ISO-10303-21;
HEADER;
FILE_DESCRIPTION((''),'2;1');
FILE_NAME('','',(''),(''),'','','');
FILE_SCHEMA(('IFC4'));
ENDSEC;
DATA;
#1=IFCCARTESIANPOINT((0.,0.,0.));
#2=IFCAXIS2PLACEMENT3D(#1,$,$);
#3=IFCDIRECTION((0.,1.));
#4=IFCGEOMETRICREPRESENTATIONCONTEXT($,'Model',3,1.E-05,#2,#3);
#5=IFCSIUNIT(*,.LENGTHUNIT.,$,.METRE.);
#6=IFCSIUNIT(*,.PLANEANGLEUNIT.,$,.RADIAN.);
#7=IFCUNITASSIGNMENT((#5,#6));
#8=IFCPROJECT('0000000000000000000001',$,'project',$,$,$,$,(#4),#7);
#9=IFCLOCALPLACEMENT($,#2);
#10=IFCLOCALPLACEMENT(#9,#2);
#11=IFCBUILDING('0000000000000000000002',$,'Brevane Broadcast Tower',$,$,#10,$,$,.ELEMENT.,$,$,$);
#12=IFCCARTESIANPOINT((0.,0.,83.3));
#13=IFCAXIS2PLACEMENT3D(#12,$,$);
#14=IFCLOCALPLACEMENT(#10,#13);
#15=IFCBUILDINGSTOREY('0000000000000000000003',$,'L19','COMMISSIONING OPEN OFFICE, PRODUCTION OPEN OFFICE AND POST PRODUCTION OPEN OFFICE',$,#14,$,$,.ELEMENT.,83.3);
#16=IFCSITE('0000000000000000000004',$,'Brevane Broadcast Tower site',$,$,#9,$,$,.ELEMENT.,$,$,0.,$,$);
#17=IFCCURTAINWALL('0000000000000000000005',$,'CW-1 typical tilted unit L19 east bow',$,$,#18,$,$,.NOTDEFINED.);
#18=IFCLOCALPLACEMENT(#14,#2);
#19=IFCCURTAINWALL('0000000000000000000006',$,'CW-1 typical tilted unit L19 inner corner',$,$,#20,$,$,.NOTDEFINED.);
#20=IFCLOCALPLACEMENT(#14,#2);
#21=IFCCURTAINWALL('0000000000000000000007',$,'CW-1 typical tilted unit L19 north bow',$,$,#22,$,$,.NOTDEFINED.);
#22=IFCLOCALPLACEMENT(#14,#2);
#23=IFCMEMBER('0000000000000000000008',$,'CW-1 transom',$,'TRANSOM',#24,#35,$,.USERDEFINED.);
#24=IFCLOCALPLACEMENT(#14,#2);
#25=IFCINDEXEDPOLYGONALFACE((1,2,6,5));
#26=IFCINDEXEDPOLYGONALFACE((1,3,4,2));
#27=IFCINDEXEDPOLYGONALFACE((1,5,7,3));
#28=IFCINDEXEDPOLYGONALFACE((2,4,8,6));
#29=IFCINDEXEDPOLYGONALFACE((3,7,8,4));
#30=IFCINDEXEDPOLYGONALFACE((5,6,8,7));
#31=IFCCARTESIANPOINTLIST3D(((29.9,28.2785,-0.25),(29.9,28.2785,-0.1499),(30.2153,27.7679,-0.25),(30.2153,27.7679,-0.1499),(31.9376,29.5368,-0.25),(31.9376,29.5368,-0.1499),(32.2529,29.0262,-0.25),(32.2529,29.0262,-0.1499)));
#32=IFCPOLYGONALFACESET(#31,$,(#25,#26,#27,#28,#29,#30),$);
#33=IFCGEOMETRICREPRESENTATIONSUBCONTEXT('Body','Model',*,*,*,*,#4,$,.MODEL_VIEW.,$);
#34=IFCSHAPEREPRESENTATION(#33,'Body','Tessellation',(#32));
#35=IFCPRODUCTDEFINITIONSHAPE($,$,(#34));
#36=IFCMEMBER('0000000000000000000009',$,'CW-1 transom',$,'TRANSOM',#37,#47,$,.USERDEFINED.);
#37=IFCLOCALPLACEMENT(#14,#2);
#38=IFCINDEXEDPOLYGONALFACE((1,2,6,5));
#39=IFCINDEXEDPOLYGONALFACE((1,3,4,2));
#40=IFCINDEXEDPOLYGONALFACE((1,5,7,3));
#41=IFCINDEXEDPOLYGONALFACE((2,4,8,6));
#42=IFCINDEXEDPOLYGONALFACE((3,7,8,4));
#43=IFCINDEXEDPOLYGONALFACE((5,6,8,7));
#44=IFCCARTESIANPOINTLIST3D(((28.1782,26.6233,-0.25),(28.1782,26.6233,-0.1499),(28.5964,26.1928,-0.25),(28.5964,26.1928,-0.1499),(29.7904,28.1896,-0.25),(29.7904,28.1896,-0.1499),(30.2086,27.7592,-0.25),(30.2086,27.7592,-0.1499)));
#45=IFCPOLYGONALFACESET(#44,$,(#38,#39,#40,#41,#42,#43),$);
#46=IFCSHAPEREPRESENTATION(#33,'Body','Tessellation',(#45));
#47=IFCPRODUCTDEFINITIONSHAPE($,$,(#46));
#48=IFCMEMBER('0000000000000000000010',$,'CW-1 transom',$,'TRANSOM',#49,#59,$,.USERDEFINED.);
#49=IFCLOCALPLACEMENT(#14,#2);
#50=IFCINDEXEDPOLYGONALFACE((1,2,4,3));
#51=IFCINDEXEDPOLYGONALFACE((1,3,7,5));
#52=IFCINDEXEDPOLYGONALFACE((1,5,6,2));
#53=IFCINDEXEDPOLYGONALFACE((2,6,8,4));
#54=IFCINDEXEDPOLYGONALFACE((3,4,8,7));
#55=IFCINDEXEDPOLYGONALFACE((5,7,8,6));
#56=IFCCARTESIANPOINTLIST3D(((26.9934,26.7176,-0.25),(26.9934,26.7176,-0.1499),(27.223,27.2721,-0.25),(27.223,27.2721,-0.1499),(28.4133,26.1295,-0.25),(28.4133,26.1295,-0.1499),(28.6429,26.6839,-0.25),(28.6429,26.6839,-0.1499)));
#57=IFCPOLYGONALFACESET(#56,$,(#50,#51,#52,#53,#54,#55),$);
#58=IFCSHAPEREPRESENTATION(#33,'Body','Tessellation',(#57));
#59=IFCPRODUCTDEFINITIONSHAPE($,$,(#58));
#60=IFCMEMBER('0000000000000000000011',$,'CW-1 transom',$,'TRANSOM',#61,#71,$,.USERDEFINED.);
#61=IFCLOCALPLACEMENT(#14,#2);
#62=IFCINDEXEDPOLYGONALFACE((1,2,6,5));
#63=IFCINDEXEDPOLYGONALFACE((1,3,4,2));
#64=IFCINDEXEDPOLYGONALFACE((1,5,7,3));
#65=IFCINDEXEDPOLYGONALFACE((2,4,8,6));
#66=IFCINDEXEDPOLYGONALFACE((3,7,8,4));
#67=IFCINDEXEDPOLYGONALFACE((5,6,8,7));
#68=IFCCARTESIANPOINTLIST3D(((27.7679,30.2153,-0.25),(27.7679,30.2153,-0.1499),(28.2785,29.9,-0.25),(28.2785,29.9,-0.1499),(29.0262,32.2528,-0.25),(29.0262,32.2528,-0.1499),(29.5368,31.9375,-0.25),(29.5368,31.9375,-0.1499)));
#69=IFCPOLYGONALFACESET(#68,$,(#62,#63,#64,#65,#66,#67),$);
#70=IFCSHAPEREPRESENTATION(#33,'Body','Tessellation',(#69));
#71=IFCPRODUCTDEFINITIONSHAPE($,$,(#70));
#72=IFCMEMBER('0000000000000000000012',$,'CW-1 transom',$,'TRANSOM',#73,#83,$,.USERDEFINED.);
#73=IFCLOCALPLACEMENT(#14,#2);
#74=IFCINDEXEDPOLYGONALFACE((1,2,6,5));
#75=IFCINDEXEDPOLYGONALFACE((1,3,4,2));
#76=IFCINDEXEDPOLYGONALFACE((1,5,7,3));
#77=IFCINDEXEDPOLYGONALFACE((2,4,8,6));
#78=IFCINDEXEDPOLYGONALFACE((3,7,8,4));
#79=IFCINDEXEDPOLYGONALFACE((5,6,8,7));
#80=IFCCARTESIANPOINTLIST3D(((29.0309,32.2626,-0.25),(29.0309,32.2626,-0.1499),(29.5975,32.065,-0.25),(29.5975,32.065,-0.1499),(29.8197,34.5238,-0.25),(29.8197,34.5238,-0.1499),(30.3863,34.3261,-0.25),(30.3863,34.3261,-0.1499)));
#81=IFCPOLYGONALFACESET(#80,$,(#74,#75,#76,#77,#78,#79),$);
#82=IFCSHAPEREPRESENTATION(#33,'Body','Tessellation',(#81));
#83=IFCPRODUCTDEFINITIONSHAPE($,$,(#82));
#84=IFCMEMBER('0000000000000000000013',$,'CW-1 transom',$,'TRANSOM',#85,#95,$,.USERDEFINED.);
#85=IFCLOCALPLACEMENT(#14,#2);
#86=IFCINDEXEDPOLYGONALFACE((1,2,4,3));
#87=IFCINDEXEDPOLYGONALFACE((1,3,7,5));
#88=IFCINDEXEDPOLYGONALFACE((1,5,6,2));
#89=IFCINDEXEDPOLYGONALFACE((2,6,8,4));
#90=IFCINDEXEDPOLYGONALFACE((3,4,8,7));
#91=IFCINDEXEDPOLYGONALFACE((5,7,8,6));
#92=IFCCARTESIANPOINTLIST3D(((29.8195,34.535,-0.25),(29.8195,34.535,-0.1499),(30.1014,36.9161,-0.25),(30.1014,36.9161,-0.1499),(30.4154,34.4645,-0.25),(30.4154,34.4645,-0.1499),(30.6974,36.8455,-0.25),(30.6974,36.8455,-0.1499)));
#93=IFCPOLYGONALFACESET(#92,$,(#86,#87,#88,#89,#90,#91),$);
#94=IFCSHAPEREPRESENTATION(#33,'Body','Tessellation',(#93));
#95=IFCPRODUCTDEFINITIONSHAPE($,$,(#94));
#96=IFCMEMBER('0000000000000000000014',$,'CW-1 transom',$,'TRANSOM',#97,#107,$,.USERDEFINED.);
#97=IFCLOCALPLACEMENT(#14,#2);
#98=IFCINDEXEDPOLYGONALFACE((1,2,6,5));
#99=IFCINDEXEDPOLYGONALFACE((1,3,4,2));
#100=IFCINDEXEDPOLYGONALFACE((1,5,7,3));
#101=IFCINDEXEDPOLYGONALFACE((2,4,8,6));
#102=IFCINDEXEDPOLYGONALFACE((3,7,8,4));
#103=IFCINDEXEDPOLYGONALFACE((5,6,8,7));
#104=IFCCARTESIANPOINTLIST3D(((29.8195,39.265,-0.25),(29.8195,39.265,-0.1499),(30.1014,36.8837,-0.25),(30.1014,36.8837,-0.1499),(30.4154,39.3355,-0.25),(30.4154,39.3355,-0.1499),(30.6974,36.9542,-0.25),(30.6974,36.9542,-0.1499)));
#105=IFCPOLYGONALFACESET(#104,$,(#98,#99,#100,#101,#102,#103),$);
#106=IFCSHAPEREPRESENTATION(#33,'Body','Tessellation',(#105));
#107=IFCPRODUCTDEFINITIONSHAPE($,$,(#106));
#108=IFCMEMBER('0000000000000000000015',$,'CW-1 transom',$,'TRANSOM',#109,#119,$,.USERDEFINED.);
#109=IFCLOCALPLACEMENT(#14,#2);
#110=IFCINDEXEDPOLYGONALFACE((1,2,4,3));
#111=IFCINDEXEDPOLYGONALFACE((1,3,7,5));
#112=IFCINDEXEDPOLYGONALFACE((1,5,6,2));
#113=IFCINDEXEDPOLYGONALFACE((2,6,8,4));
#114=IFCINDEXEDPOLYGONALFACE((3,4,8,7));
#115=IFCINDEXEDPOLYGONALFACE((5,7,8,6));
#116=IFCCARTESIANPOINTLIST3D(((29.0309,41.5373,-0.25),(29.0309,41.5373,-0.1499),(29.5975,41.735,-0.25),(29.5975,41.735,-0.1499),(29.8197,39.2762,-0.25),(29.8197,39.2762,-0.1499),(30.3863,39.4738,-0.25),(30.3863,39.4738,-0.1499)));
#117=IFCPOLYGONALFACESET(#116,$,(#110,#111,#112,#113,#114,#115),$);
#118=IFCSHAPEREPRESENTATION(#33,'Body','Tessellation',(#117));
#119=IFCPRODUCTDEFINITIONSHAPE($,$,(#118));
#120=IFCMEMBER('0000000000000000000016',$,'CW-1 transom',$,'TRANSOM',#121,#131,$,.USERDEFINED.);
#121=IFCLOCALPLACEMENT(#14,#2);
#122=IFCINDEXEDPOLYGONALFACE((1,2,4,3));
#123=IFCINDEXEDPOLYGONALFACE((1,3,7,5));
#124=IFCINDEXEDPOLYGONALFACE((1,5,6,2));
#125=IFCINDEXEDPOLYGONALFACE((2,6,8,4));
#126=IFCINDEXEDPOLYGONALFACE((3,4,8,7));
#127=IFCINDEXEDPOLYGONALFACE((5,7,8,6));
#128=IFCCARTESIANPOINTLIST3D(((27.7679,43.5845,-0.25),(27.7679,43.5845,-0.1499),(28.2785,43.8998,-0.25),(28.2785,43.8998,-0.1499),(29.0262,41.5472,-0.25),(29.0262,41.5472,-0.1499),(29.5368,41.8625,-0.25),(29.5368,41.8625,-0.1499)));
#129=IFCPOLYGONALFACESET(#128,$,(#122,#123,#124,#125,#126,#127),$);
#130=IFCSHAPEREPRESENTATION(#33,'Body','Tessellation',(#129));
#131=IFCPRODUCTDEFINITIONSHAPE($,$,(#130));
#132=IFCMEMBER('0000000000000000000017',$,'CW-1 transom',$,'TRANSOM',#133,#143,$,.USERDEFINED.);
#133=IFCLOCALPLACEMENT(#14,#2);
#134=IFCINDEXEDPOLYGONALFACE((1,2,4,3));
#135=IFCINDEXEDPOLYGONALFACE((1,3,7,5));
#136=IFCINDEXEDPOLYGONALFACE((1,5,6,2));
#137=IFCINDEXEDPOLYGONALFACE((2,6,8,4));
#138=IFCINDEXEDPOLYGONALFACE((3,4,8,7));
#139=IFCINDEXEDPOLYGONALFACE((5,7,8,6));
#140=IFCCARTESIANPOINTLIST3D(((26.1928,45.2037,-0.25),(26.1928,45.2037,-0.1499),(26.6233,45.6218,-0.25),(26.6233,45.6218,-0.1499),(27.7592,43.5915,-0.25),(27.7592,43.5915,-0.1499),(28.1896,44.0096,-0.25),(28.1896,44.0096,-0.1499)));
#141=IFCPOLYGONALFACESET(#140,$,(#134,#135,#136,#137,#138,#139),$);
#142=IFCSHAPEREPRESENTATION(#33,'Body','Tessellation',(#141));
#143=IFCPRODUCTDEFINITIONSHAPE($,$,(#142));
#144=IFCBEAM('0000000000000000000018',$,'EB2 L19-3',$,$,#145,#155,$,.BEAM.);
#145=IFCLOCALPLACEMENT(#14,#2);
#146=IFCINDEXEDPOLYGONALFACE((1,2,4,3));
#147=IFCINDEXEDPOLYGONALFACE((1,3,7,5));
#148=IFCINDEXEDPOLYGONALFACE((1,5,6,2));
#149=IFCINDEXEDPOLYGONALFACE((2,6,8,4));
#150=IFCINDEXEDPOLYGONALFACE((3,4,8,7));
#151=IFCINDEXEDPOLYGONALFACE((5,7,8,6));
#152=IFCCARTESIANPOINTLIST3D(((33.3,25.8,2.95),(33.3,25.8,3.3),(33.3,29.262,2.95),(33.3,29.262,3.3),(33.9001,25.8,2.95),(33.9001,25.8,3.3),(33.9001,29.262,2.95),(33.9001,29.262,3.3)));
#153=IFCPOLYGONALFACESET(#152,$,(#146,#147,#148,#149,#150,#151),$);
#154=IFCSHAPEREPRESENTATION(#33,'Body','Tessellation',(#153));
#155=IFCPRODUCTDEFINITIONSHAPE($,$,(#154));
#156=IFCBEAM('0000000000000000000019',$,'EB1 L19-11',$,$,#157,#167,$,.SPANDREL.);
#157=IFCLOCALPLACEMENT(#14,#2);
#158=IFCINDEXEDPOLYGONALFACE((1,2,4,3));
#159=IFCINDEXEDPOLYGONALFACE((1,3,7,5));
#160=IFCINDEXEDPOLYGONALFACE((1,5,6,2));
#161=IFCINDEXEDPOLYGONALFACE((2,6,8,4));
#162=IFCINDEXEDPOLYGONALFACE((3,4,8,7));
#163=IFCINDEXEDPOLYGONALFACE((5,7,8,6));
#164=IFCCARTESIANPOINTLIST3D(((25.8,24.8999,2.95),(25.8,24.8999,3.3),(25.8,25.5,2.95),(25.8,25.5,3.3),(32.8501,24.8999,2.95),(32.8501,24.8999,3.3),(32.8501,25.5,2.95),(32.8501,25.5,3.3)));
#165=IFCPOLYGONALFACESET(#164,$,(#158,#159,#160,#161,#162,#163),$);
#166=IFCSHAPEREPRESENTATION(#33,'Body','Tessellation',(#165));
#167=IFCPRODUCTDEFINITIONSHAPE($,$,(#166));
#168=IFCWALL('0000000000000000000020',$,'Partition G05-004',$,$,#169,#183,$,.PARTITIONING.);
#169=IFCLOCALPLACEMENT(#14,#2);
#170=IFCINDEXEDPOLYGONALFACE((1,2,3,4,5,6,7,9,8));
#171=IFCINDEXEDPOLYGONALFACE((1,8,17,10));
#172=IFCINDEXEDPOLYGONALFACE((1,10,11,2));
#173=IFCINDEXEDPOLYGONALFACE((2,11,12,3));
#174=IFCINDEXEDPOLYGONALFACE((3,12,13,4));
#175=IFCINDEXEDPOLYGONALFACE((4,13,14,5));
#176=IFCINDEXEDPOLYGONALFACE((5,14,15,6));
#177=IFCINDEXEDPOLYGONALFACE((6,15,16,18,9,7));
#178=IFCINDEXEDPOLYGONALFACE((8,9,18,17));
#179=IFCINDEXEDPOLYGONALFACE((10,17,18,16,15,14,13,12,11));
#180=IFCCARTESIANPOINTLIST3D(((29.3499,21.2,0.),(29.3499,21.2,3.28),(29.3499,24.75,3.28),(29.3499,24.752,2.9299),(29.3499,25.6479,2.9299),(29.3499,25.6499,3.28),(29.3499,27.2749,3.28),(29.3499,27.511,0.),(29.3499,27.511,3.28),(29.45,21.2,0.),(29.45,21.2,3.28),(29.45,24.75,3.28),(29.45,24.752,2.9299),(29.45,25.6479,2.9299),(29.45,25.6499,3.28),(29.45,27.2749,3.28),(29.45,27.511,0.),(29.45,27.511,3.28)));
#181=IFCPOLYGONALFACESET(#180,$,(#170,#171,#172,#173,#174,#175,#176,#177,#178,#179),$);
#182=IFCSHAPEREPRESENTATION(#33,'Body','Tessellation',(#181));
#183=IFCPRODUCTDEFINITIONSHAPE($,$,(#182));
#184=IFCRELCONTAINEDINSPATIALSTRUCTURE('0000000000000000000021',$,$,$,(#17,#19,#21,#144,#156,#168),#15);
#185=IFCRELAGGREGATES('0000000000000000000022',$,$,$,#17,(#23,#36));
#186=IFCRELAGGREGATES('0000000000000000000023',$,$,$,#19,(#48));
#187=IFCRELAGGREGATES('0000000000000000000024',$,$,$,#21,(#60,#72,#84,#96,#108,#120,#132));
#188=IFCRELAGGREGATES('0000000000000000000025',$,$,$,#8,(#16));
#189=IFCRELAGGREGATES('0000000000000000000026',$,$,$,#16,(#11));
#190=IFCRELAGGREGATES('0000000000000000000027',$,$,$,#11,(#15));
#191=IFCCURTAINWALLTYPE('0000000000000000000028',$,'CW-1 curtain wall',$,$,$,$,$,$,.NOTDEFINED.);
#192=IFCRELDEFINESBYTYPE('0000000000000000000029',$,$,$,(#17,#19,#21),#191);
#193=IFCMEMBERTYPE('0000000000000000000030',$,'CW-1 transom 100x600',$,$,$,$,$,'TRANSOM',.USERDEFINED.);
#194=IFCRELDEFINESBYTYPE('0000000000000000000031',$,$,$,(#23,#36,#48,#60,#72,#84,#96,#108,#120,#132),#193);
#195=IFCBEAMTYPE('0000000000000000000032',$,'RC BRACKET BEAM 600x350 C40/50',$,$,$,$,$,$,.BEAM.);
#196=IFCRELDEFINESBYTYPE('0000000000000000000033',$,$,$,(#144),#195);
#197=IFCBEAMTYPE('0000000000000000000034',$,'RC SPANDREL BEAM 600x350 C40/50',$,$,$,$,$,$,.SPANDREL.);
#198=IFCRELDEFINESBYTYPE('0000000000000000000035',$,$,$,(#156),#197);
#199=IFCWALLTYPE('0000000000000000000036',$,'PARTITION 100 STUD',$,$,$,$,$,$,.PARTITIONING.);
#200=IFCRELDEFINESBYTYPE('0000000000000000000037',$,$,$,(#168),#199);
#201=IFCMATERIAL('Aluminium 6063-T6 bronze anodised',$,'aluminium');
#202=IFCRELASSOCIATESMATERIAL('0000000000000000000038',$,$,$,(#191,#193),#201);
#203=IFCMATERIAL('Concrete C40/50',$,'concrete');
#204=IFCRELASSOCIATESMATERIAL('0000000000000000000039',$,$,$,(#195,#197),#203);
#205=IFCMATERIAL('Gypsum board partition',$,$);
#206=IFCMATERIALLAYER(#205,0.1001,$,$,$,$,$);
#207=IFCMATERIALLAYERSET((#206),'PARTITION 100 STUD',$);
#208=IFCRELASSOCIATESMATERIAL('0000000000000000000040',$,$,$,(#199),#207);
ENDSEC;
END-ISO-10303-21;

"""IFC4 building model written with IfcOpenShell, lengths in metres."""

from ifc_helpers import new_model, si_unit, direction, frame, origin, origin_2d, place, context, subcontext, project, spatial, polyline, rectangle, outline, extrude, material, layer, layer_set, material_profile, profile_set, type_object, element, aggregate, save


model = new_model("IFC4")

# Units and contexts
model_context = context("Model", 3, precision=1e-05, world=origin(), true_north=direction((0.0, 1.0)))
body_context = subcontext(model_context, "Body", "Model", "MODEL_VIEW")
ifc_project = project(units=[si_unit("LENGTHUNIT", "METRE"), si_unit("PLANEANGLEUNIT", "RADIAN")], contexts=[model_context])

# Site, building, storey
site_placement = place(None, origin())
site = spatial("IfcSite", under=ifc_project, at=site_placement, Name="Brevane Broadcast Tower site", CompositionType="ELEMENT", RefElevation=0.0)
building_placement = place(site_placement, origin())
building = spatial("IfcBuilding", under=site, at=building_placement, Name="Brevane Broadcast Tower", CompositionType="ELEMENT")
storey_placement = place(building_placement, frame((0.0, 0.0, 83.3)))
storey = spatial("IfcBuildingStorey", under=building, at=storey_placement, Name="L19", Description="COMMISSIONING OPEN OFFICE, PRODUCTION OPEN OFFICE AND POST PRODUCTION OPEN OFFICE", CompositionType="ELEMENT", Elevation=83.3)

# Curtain walls
ifc_material_1 = material(Name="Aluminium 6063-T6 bronze anodised", Category="aluminium")
curtain_wall_type = type_object("IfcCurtainWallType", Name="CW-1 curtain wall", PredefinedType="NOTDEFINED", material=ifc_material_1)
curtain_wall_1_placement = place(storey_placement, origin())
curtain_wall_1 = element("IfcCurtainWall", 1, at=curtain_wall_1_placement, inside=storey, type_object=curtain_wall_type, Name="CW-1 typical tilted unit L19 east bow", PredefinedType="NOTDEFINED")
curtain_wall_2_placement = place(storey_placement, origin())
curtain_wall_2 = element("IfcCurtainWall", 2, at=curtain_wall_2_placement, inside=storey, type_object=curtain_wall_type, Name="CW-1 typical tilted unit L19 inner corner", PredefinedType="NOTDEFINED")
curtain_wall_3_placement = place(storey_placement, origin())
curtain_wall_3 = element("IfcCurtainWall", 3, at=curtain_wall_3_placement, inside=storey, type_object=curtain_wall_type, Name="CW-1 typical tilted unit L19 north bow", PredefinedType="NOTDEFINED")

# Members
ifc_material_profile_1 = material_profile(ifc_material_1, rectangle(XDim=0.6001, YDim=0.1001, at=origin_2d()), Name="RECT 100x600")
ifc_profile_set_1 = profile_set([ifc_material_profile_1], Name="Aluminium 6063-T6 bronze anodised")
member_type_1 = type_object("IfcMemberType", Name="CW-1 transom 100x600", ElementType="TRANSOM", PredefinedType="USERDEFINED", material=ifc_profile_set_1)
member_1_placement = place(storey_placement, frame((32.0952, 29.2815, -0.2), z_axis=(-0.850838, -0.525428, 0.0), x_axis=(0.525428, -0.850838, 0.0)))
member_1 = element("IfcMember", 4, at=member_1_placement, type_object=member_type_1, Name="CW-1 transom", ObjectType="TRANSOM", PredefinedType="USERDEFINED", context=body_context, shape_type="SweptSolid", body=[
    extrude(rectangle(XDim=0.6001, YDim=0.1001, at=origin_2d()), origin(), (0.0, 0.0, 1.0), 2.3948),
])
member_2_placement = place(storey_placement, frame((29.9995, 27.9744, -0.2), z_axis=(-0.717242, -0.696824, 0.0), x_axis=(0.696824, -0.717242, 0.0)))
member_2 = element("IfcMember", 5, at=member_2_placement, type_object=member_type_1, Name="CW-1 transom", ObjectType="TRANSOM", PredefinedType="USERDEFINED", context=body_context, shape_type="SweptSolid", body=[
    extrude(rectangle(XDim=0.6001, YDim=0.1001, at=origin_2d()), origin(), (0.0, 0.0, 1.0), 2.2478),
])
aggregate(curtain_wall_1, [member_1, member_2])
member_3_placement = place(storey_placement, frame((28.5281, 26.4067, -0.2), z_axis=(-0.923883, 0.382674, 0.0), x_axis=(-0.382674, -0.923883, 0.0)))
member_3 = element("IfcMember", 6, at=member_3_placement, type_object=member_type_1, Name="CW-1 transom", ObjectType="TRANSOM", PredefinedType="USERDEFINED", context=body_context, shape_type="SweptSolid", body=[
    extrude(rectangle(XDim=0.6001, YDim=0.1001, at=origin_2d()), origin(), (0.0, 0.0, 1.0), 1.5369),
])
aggregate(curtain_wall_2, [member_3])
member_4_placement = place(storey_placement, frame((28.0232, 30.0576, -0.2), z_axis=(0.525428, 0.850838, 0.0), x_axis=(-0.850838, 0.525428, 0.0)))
member_4 = element("IfcMember", 7, at=member_4_placement, type_object=member_type_1, Name="CW-1 transom", ObjectType="TRANSOM", PredefinedType="USERDEFINED", context=body_context, shape_type="SweptSolid", body=[
    extrude(rectangle(XDim=0.6001, YDim=0.1001, at=origin_2d()), origin(), (0.0, 0.0, 1.0), 2.3948),
])
member_5_placement = place(storey_placement, frame((29.3142, 32.1638, -0.2), z_axis=(0.329378, 0.944198, 0.0), x_axis=(-0.944198, 0.329378, 0.0)))
member_5 = element("IfcMember", 8, at=member_5_placement, type_object=member_type_1, Name="CW-1 transom", ObjectType="TRANSOM", PredefinedType="USERDEFINED", context=body_context, shape_type="SweptSolid", body=[
    extrude(rectangle(XDim=0.6001, YDim=0.1001, at=origin_2d()), origin(), (0.0, 0.0, 1.0), 2.3948),
])
member_6_placement = place(storey_placement, frame((30.1174, 34.4998, -0.2), z_axis=(0.117603, 0.993061, 0.0), x_axis=(-0.993061, 0.117603, 0.0)))
member_6 = element("IfcMember", 9, at=member_6_placement, type_object=member_type_1, Name="CW-1 transom", ObjectType="TRANSOM", PredefinedType="USERDEFINED", context=body_context, shape_type="SweptSolid", body=[
    extrude(rectangle(XDim=0.6001, YDim=0.1001, at=origin_2d()), origin(), (0.0, 0.0, 1.0), 2.3977),
])
member_7_placement = place(storey_placement, frame((30.3994, 36.9189, -0.2), z_axis=(-0.117591, 0.993062, 0.0), x_axis=(-0.993062, -0.117591, 0.0)))
member_7 = element("IfcMember", 10, at=member_7_placement, type_object=member_type_1, Name="CW-1 transom", ObjectType="TRANSOM", PredefinedType="USERDEFINED", context=body_context, shape_type="SweptSolid", body=[
    extrude(rectangle(XDim=0.6001, YDim=0.1001, at=origin_2d()), origin(), (0.0, 0.0, 1.0), 2.3979),
])
member_8_placement = place(storey_placement, frame((30.103, 39.375, -0.2), z_axis=(-0.329378, 0.944198, 0.0), x_axis=(-0.944198, -0.329378, 0.0)))
member_8 = element("IfcMember", 11, at=member_8_placement, type_object=member_type_1, Name="CW-1 transom", ObjectType="TRANSOM", PredefinedType="USERDEFINED", context=body_context, shape_type="SweptSolid", body=[
    extrude(rectangle(XDim=0.6001, YDim=0.1001, at=origin_2d()), origin(), (0.0, 0.0, 1.0), 2.3948),
])
member_9_placement = place(storey_placement, frame((29.2815, 41.7048, -0.2), z_axis=(-0.525473, 0.85081, 0.0), x_axis=(-0.85081, -0.525473, 0.0)))
member_9 = element("IfcMember", 12, at=member_9_placement, type_object=member_type_1, Name="CW-1 transom", ObjectType="TRANSOM", PredefinedType="USERDEFINED", context=body_context, shape_type="SweptSolid", body=[
    extrude(rectangle(XDim=0.6001, YDim=0.1001, at=origin_2d()), origin(), (0.0, 0.0, 1.0), 2.3945),
])
member_10_placement = place(storey_placement, frame((27.9744, 43.8005, -0.2), z_axis=(-0.696824, 0.717242, 0.0), x_axis=(-0.717242, -0.696824, 0.0)))
member_10 = element("IfcMember", 13, at=member_10_placement, type_object=member_type_1, Name="CW-1 transom", ObjectType="TRANSOM", PredefinedType="USERDEFINED", context=body_context, shape_type="SweptSolid", body=[
    extrude(rectangle(XDim=0.6001, YDim=0.1001, at=origin_2d()), origin(), (0.0, 0.0, 1.0), 2.2478),
])
aggregate(curtain_wall_3, [member_4, member_5, member_6, member_7, member_8, member_9, member_10])

# Beams
ifc_material_2 = material(Name="Concrete C40/50", Category="concrete")
ifc_material_profile_2 = material_profile(ifc_material_2, rectangle(XDim=0.6001, YDim=0.3501, at=origin_2d()), Name="RC 600x350")
ifc_profile_set_2 = profile_set([ifc_material_profile_2], Name="Concrete C40/50")
beam_type_1 = type_object("IfcBeamType", Name="RC BRACKET BEAM 600x350 C40/50", PredefinedType="BEAM", material=ifc_profile_set_2)
beam_1_placement = place(storey_placement, frame((33.6001, 25.8, 3.125), z_axis=(0.0, 1.0, 0.0), x_axis=(-1.0, 0.0, 0.0)))
element("IfcBeam", 14, at=beam_1_placement, inside=storey, type_object=beam_type_1, Name="EB2 L19-3", PredefinedType="BEAM", context=body_context, shape_type="SweptSolid", body=[
    extrude(rectangle(XDim=0.6001, YDim=0.3501, at=origin_2d()), origin(), (0.0, 0.0, 1.0), 3.4619),
])
ifc_material_profile_3 = material_profile(ifc_material_2, rectangle(XDim=0.6001, YDim=0.3501, at=origin_2d()), Name="RC 600x350")
ifc_profile_set_3 = profile_set([ifc_material_profile_3], Name="Concrete C40/50")
beam_type_2 = type_object("IfcBeamType", Name="RC SPANDREL BEAM 600x350 C40/50", PredefinedType="SPANDREL", material=ifc_profile_set_3)
beam_2_placement = place(storey_placement, frame((32.8501, 25.2, 3.125), z_axis=(-1.0, 0.0, 0.0), x_axis=(0.0, -1.0, 0.0)))
element("IfcBeam", 15, at=beam_2_placement, inside=storey, type_object=beam_type_2, Name="EB1 L19-11", PredefinedType="SPANDREL", context=body_context, shape_type="SweptSolid", body=[
    extrude(rectangle(XDim=0.6001, YDim=0.3501, at=origin_2d()), origin(), (0.0, 0.0, 1.0), 7.05),
])

# Wall
ifc_material_3 = material(Name="Gypsum board partition")
ifc_layer = layer(ifc_material_3, 0.1001)
ifc_layer_set = layer_set([ifc_layer], Name="PARTITION 100 STUD")
wall_type = type_object("IfcWallType", Name="PARTITION 100 STUD", PredefinedType="PARTITIONING", material=ifc_layer_set)
wall_placement = place(storey_placement, frame((29.3999, 27.511, 0.0), z_axis=(0.0, 0.0, 1.0), x_axis=(0.0, -1.0, 0.0)))
element("IfcWall", 16, at=wall_placement, inside=storey, type_object=wall_type, Name="Partition G05-004", PredefinedType="PARTITIONING", context=body_context, shape_type="SweptSolid", body=[
    extrude(outline(polyline([(0.0, 0.0), (6.311, 0.0), (6.311, 3.28), (2.761, 3.28), (2.759, 2.9299), (1.863, 2.9299), (1.8611, 3.28), (0.2361, 3.28), (0.0, 3.28), (0.0, 0.0)])), frame((0.0, 0.05, 0.0), z_axis=(0.0, -1.0, 0.0), x_axis=(1.0, 0.0, 0.0)), (0.0, 0.0, 1.0), 0.1001),
])

save(model, "model.ifc")
